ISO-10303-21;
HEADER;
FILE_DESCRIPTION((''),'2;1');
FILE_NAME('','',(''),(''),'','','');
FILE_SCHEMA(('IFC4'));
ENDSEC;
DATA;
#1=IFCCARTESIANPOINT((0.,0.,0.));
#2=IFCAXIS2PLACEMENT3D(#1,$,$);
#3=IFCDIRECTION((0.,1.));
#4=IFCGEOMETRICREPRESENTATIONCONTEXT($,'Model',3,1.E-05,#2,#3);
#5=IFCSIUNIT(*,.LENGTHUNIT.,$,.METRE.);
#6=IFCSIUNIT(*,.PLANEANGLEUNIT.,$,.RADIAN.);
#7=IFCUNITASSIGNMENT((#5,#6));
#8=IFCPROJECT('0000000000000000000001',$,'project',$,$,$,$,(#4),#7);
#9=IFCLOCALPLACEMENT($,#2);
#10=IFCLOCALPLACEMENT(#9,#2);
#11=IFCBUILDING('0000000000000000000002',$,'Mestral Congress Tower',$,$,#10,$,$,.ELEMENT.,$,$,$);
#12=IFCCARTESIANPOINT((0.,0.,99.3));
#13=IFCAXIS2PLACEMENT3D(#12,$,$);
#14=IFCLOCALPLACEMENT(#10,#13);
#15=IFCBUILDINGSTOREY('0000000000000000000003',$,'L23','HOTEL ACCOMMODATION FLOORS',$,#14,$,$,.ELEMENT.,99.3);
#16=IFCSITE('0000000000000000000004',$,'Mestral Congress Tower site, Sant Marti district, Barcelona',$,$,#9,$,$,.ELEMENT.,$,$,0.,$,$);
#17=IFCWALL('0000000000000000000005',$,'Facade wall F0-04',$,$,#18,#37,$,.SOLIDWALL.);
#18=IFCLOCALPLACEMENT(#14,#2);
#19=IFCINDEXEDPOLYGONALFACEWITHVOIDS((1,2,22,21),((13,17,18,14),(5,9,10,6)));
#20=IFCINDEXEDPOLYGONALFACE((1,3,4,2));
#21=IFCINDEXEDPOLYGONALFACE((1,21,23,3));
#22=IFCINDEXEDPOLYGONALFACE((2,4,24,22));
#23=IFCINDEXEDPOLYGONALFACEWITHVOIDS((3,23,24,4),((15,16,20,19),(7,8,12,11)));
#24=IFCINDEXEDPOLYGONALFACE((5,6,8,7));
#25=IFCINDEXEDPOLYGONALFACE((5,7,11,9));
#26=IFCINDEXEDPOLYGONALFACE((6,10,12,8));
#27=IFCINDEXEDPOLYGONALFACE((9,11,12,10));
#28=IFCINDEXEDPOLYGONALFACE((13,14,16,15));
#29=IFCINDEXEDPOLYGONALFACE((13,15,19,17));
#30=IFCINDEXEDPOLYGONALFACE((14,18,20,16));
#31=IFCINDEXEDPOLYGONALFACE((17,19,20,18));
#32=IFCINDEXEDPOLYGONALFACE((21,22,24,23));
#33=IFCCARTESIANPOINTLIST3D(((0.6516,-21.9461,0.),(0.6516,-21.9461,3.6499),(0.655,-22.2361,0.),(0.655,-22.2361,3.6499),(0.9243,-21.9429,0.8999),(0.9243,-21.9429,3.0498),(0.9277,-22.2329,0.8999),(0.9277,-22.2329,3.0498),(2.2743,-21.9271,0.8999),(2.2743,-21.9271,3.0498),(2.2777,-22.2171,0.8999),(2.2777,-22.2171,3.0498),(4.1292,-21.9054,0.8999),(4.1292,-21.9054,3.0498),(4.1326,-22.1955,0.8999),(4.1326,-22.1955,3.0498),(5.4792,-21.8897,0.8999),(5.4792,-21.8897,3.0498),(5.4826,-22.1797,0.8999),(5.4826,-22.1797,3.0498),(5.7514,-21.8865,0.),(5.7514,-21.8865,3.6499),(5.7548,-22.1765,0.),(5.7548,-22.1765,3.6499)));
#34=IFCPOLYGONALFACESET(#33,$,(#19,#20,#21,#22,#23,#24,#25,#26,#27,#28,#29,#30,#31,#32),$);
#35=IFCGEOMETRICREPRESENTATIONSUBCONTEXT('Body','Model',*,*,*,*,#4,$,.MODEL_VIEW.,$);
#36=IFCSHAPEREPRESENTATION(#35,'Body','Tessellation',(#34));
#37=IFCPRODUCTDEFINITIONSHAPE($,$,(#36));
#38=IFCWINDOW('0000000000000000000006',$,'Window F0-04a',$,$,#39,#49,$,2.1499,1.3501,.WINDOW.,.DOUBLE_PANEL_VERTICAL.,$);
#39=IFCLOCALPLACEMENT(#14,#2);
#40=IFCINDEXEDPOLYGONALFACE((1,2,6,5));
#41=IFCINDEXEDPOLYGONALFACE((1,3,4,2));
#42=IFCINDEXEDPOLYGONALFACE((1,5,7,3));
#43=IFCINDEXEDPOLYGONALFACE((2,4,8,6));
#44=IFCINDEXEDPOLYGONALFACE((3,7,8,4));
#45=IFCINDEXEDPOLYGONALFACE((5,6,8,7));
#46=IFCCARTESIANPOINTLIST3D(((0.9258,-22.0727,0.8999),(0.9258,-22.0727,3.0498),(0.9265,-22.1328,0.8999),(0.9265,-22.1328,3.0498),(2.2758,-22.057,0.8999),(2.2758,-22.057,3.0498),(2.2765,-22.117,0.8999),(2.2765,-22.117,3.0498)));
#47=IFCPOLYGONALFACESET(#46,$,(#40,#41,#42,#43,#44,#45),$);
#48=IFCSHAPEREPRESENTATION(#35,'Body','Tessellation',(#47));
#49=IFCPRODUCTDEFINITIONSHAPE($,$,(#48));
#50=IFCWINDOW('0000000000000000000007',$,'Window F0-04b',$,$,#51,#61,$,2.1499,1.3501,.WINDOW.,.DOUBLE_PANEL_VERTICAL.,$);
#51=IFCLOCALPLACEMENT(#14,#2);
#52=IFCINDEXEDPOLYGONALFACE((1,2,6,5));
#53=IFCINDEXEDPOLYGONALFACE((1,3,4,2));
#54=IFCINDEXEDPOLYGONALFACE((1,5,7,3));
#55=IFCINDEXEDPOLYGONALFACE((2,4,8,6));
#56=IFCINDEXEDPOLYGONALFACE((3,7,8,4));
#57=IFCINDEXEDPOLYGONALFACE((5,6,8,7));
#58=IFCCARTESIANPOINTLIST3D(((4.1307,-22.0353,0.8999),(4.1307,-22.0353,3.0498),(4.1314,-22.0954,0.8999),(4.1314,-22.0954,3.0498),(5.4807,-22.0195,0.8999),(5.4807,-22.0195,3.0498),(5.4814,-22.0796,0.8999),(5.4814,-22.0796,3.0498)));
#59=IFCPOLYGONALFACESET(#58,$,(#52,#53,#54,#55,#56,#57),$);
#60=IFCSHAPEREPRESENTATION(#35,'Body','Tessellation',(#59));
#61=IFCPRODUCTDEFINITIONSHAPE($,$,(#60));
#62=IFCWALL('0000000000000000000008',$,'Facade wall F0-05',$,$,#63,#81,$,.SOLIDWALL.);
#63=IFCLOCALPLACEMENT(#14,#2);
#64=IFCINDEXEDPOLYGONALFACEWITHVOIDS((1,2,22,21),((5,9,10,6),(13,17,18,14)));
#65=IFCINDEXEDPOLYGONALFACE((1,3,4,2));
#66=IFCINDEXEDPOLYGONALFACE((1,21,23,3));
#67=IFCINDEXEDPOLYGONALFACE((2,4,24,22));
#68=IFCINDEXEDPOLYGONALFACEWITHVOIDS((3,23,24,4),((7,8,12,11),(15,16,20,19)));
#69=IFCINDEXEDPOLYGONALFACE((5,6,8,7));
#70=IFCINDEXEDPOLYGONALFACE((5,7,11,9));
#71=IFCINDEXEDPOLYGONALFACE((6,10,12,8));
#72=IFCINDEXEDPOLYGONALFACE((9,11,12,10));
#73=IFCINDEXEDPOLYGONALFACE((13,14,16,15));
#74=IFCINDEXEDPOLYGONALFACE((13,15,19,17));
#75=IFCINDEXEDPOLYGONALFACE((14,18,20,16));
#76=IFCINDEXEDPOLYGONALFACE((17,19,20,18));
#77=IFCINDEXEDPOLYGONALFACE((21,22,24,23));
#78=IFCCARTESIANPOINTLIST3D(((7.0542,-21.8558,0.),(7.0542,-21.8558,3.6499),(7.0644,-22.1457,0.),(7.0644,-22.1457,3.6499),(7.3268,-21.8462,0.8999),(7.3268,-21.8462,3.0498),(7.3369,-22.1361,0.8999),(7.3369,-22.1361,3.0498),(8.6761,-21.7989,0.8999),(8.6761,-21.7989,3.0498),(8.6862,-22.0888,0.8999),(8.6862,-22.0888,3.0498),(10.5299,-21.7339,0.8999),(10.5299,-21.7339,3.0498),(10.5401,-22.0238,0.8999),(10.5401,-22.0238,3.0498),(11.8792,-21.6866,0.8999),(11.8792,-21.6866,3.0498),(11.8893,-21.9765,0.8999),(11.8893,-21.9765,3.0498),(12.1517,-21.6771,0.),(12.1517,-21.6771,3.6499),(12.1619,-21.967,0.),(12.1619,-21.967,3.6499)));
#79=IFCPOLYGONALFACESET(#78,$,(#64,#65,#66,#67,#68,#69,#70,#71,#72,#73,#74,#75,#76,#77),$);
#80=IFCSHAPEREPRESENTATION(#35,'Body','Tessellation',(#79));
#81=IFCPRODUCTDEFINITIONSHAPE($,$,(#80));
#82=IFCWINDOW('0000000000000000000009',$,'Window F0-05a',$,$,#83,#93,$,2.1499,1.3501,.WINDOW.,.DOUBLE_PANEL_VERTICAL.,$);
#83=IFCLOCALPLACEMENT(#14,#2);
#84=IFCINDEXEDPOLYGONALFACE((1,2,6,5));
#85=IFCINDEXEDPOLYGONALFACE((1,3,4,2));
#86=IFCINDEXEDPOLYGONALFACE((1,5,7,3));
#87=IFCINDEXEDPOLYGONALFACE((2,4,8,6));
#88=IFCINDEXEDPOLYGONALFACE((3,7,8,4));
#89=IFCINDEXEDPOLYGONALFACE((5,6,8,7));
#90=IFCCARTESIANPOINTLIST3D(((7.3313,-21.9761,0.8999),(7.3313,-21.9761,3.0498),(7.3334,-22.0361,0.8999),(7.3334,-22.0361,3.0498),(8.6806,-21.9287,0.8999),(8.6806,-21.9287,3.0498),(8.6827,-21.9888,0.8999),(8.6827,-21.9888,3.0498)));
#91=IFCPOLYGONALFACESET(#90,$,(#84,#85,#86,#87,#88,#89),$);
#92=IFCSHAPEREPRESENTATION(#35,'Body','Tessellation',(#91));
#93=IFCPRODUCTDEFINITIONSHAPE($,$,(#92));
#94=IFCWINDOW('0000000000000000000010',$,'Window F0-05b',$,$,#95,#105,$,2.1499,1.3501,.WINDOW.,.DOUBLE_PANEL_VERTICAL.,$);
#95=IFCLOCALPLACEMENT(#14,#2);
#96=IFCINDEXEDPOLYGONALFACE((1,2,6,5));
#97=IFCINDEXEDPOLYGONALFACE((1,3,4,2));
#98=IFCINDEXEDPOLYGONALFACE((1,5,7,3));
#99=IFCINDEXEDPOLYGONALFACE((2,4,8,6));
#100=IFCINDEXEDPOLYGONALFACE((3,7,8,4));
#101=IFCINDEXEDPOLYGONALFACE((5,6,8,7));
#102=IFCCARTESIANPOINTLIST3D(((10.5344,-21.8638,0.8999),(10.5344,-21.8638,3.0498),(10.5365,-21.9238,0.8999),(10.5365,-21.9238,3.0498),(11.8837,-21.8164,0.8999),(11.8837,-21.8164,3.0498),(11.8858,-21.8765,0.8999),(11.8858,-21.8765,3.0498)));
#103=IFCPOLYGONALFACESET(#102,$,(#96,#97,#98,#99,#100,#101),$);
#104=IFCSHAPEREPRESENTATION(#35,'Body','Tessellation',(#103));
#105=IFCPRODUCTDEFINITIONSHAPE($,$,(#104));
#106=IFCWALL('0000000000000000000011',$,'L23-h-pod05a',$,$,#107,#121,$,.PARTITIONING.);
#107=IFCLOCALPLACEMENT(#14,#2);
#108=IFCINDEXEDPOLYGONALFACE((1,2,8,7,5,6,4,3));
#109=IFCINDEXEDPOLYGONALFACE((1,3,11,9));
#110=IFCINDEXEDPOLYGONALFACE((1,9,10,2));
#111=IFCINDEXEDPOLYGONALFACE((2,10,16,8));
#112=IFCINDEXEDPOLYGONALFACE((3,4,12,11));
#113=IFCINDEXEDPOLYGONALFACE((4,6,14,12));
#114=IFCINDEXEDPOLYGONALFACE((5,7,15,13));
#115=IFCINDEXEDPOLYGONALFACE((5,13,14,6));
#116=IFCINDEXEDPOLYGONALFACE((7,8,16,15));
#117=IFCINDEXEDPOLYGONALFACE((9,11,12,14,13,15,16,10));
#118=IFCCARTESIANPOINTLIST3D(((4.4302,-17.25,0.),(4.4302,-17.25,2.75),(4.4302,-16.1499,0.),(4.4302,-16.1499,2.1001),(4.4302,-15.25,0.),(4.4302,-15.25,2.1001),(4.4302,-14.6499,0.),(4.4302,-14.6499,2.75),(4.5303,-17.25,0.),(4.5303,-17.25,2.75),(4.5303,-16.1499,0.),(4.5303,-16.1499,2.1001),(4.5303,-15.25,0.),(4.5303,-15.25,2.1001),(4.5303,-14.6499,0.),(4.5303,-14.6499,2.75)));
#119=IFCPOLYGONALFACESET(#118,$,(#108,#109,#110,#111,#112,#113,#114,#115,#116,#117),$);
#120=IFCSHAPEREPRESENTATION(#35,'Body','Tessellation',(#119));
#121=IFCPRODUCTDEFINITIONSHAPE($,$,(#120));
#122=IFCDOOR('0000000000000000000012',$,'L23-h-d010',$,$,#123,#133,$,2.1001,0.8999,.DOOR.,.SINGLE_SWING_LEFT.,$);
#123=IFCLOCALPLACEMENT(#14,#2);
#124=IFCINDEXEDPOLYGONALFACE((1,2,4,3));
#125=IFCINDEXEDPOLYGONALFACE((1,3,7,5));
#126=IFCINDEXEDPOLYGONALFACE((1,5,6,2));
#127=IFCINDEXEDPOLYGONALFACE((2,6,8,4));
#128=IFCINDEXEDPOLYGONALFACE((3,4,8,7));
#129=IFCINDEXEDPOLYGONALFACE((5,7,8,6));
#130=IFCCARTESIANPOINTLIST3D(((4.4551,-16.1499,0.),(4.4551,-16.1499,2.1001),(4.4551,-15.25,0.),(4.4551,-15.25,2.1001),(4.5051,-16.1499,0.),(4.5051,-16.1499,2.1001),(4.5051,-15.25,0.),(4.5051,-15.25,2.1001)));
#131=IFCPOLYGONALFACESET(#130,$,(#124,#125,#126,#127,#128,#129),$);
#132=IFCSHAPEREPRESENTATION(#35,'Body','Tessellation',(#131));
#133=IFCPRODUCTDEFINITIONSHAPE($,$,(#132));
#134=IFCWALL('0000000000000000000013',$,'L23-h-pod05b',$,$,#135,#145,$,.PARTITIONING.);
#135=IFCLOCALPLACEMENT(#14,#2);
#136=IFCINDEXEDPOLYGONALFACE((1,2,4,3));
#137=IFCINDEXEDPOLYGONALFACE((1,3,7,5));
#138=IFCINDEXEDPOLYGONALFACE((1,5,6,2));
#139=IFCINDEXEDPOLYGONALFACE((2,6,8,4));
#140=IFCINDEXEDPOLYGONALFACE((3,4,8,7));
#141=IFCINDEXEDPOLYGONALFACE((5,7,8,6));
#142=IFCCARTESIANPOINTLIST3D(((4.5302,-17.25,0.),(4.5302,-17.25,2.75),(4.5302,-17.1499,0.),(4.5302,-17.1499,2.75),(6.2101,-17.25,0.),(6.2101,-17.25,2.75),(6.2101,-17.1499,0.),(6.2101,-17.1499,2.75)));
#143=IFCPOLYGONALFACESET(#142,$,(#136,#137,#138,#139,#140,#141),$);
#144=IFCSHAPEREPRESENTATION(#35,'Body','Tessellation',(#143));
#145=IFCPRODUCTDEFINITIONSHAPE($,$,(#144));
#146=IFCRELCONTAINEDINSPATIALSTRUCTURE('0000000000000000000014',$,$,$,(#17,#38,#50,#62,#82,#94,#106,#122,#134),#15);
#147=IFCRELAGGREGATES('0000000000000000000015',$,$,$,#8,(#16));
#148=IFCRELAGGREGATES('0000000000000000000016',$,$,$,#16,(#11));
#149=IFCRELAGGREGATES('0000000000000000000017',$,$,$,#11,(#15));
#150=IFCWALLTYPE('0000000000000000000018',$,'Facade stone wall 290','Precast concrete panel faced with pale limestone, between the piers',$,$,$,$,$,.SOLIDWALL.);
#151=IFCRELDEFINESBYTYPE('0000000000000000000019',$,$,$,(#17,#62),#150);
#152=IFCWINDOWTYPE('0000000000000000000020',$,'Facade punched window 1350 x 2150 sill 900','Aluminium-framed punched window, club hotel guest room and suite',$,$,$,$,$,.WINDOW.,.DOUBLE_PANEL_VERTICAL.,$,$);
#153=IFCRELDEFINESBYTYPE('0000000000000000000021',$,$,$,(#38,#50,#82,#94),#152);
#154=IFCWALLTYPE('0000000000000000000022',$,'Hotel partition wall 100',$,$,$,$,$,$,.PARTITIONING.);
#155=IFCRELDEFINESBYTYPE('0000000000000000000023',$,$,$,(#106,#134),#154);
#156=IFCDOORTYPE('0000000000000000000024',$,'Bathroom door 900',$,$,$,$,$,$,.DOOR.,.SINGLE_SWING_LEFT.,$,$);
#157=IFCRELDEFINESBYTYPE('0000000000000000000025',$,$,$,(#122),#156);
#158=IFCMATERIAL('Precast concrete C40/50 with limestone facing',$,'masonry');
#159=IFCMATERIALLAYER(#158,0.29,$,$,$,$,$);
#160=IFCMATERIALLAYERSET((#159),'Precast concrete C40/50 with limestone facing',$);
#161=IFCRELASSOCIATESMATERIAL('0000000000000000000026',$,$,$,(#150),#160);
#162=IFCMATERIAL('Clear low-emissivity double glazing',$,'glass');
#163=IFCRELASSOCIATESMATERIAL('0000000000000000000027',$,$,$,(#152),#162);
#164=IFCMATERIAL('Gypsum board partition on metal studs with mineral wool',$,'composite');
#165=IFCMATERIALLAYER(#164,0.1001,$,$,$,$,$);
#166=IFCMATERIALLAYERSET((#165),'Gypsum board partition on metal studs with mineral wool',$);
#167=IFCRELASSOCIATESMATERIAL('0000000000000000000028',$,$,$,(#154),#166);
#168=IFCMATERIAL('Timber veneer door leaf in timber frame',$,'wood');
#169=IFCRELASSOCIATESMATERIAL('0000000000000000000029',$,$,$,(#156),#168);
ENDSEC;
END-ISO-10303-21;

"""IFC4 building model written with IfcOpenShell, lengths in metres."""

from ifc_helpers import new_model, si_unit, direction, frame, frame_2d, origin, place, context, subcontext, project, spatial, rectangle, extrude, material, layer, layer_set, type_object, element, fill, save


model = new_model("IFC4")

# Units and contexts
model_context = context("Model", 3, precision=1e-05, world=origin(), true_north=direction((0.0, 1.0)))
body_context = subcontext(model_context, "Body", "Model", "MODEL_VIEW")
ifc_project = project(units=[si_unit("LENGTHUNIT", "METRE"), si_unit("PLANEANGLEUNIT", "RADIAN")], contexts=[model_context])

# Site, building, storey
site_placement = place(None, origin())
site = spatial("IfcSite", under=ifc_project, at=site_placement, Name="Mestral Congress Tower site, Sant Marti district, Barcelona", CompositionType="ELEMENT", RefElevation=0.0)
building_placement = place(site_placement, origin())
building = spatial("IfcBuilding", under=site, at=building_placement, Name="Mestral Congress Tower", CompositionType="ELEMENT")
storey_placement = place(building_placement, frame((0.0, 0.0, 99.3)))
storey = spatial("IfcBuildingStorey", under=building, at=storey_placement, Name="L23", Description="HOTEL ACCOMMODATION FLOORS", CompositionType="ELEMENT", Elevation=99.3)

# Walls, openings, windows
ifc_material_1 = material(Name="Precast concrete C40/50 with limestone facing", Category="masonry")
ifc_layer_1 = layer(ifc_material_1, 0.29)
ifc_layer_set_1 = layer_set([ifc_layer_1], Name="Precast concrete C40/50 with limestone facing")
wall_type_1 = type_object("IfcWallType", Name="Facade stone wall 290", Description="Precast concrete panel faced with pale limestone, between the piers", PredefinedType="SOLIDWALL", material=ifc_layer_set_1)
wall_1_placement = place(storey_placement, frame((0.6533, -22.0911, 0.0), z_axis=(0.0, 0.0, 1.0), x_axis=(0.999932, 0.01168, 0.0)))
wall_1 = element("IfcWall", 1, at=wall_1_placement, inside=storey, type_object=wall_type_1, Name="Facade wall F0-04", PredefinedType="SOLIDWALL", context=body_context, shape_type="SweptSolid", body=[
    extrude(rectangle(XDim=5.1001, YDim=0.29, at=frame_2d((2.55, 0.0))), origin(), (0.0, 0.0, 1.0), 3.6499),
])
opening_1_placement = place(wall_1_placement, frame((0.2727, 0.0, 0.8999)))
opening_1 = element("IfcOpeningElement", 2, at=opening_1_placement, cuts=wall_1, PredefinedType="OPENING", context=body_context, shape_type="SweptSolid", body=[
    extrude(rectangle(XDim=1.3501, YDim=2.1499, at=frame_2d((0.675, 1.075))), frame((0.0, 0.155, 0.0), z_axis=(0.0, -1.0, 0.0), x_axis=(1.0, 0.0, 0.0)), (0.0, 0.0, 1.0), 0.3101),
])
opening_2_placement = place(wall_1_placement, frame((3.4778, 0.0, 0.8999)))
opening_2 = element("IfcOpeningElement", 3, at=opening_2_placement, cuts=wall_1, PredefinedType="OPENING", context=body_context, shape_type="SweptSolid", body=[
    extrude(rectangle(XDim=1.3501, YDim=2.1499, at=frame_2d((0.675, 1.075))), frame((0.0, 0.155, 0.0), z_axis=(0.0, -1.0, 0.0), x_axis=(1.0, 0.0, 0.0)), (0.0, 0.0, 1.0), 0.3101),
])
ifc_material_2 = material(Name="Clear low-emissivity double glazing", Category="glass")
window_type = type_object("IfcWindowType", Name="Facade punched window 1350 x 2150 sill 900", Description="Aluminium-framed punched window, club hotel guest room and suite", PartitioningType="DOUBLE_PANEL_VERTICAL", PredefinedType="WINDOW", material=ifc_material_2)
window_1_placement = place(opening_1_placement, origin())
window_1 = element("IfcWindow", 4, at=window_1_placement, inside=storey, type_object=window_type, Name="Window F0-04a", OverallHeight=2.1499, OverallWidth=1.3501, PartitioningType="DOUBLE_PANEL_VERTICAL", PredefinedType="WINDOW", context=body_context, shape_type="SweptSolid", body=[
    extrude(rectangle(XDim=1.3501, YDim=2.1499, at=frame_2d((0.675, 1.075))), frame((0.0, 0.0151, 0.0), z_axis=(0.0, -1.0, 0.0), x_axis=(1.0, 0.0, 0.0)), (0.0, 0.0, 1.0), 0.0601),
])
fill(opening_1, window_1)
window_2_placement = place(opening_2_placement, origin())
window_2 = element("IfcWindow", 5, at=window_2_placement, inside=storey, type_object=window_type, Name="Window F0-04b", OverallHeight=2.1499, OverallWidth=1.3501, PartitioningType="DOUBLE_PANEL_VERTICAL", PredefinedType="WINDOW", context=body_context, shape_type="SweptSolid", body=[
    extrude(rectangle(XDim=1.3501, YDim=2.1499, at=frame_2d((0.675, 1.075))), frame((0.0, 0.0151, 0.0), z_axis=(0.0, -1.0, 0.0), x_axis=(1.0, 0.0, 0.0)), (0.0, 0.0, 1.0), 0.0601),
])
fill(opening_2, window_2)
wall_2_placement = place(storey_placement, frame((7.0593, -22.0007, 0.0), z_axis=(0.0, 0.0, 1.0), x_axis=(0.999386, 0.035038, 0.0)))
wall_2 = element("IfcWall", 6, at=wall_2_placement, inside=storey, type_object=wall_type_1, Name="Facade wall F0-05", PredefinedType="SOLIDWALL", context=body_context, shape_type="SweptSolid", body=[
    extrude(rectangle(XDim=5.1006, YDim=0.29, at=frame_2d((2.5503, 0.0))), origin(), (0.0, 0.0, 1.0), 3.6499),
])
opening_3_placement = place(wall_2_placement, frame((0.2727, 0.0, 0.8999)))
opening_3 = element("IfcOpeningElement", 7, at=opening_3_placement, cuts=wall_2, PredefinedType="OPENING", context=body_context, shape_type="SweptSolid", body=[
    extrude(rectangle(XDim=1.3501, YDim=2.1499, at=frame_2d((0.675, 1.075))), frame((0.0, 0.155, 0.0), z_axis=(0.0, -1.0, 0.0), x_axis=(1.0, 0.0, 0.0)), (0.0, 0.0, 1.0), 0.3101),
])
opening_4_placement = place(wall_2_placement, frame((3.4778, 0.0, 0.8999)))
opening_4 = element("IfcOpeningElement", 8, at=opening_4_placement, cuts=wall_2, PredefinedType="OPENING", context=body_context, shape_type="SweptSolid", body=[
    extrude(rectangle(XDim=1.3501, YDim=2.1499, at=frame_2d((0.675, 1.075))), frame((0.0, 0.155, 0.0), z_axis=(0.0, -1.0, 0.0), x_axis=(1.0, 0.0, 0.0)), (0.0, 0.0, 1.0), 0.3101),
])
window_3_placement = place(opening_3_placement, origin())
window_3 = element("IfcWindow", 9, at=window_3_placement, inside=storey, type_object=window_type, Name="Window F0-05a", OverallHeight=2.1499, OverallWidth=1.3501, PartitioningType="DOUBLE_PANEL_VERTICAL", PredefinedType="WINDOW", context=body_context, shape_type="SweptSolid", body=[
    extrude(rectangle(XDim=1.3501, YDim=2.1499, at=frame_2d((0.675, 1.075))), frame((0.0, 0.0151, 0.0), z_axis=(0.0, -1.0, 0.0), x_axis=(1.0, 0.0, 0.0)), (0.0, 0.0, 1.0), 0.0601),
])
fill(opening_3, window_3)
window_4_placement = place(opening_4_placement, origin())
window_4 = element("IfcWindow", 10, at=window_4_placement, inside=storey, type_object=window_type, Name="Window F0-05b", OverallHeight=2.1499, OverallWidth=1.3501, PartitioningType="DOUBLE_PANEL_VERTICAL", PredefinedType="WINDOW", context=body_context, shape_type="SweptSolid", body=[
    extrude(rectangle(XDim=1.3501, YDim=2.1499, at=frame_2d((0.675, 1.075))), frame((0.0, 0.0151, 0.0), z_axis=(0.0, -1.0, 0.0), x_axis=(1.0, 0.0, 0.0)), (0.0, 0.0, 1.0), 0.0601),
])
fill(opening_4, window_4)

# Wall, opening, door
ifc_material_3 = material(Name="Gypsum board partition on metal studs with mineral wool", Category="composite")
ifc_layer_2 = layer(ifc_material_3, 0.1001)
ifc_layer_set_2 = layer_set([ifc_layer_2], Name="Gypsum board partition on metal studs with mineral wool")
wall_type_2 = type_object("IfcWallType", Name="Hotel partition wall 100", PredefinedType="PARTITIONING", material=ifc_layer_set_2)
wall_3_placement = place(storey_placement, frame((4.4802, -14.6499, 0.0), z_axis=(0.0, 0.0, 1.0), x_axis=(0.0, -1.0, 0.0)))
wall_3 = element("IfcWall", 11, at=wall_3_placement, inside=storey, type_object=wall_type_2, Name="L23-h-pod05a", PredefinedType="PARTITIONING", context=body_context, shape_type="SweptSolid", body=[
    extrude(rectangle(XDim=2.6001, YDim=0.1001, at=frame_2d((1.3, 0.0))), origin(), (0.0, 0.0, 1.0), 2.75),
])
opening_5_placement = place(wall_3_placement, frame((0.6001, 0.0, 0.0)))
opening_5 = element("IfcOpeningElement", 12, at=opening_5_placement, cuts=wall_3, PredefinedType="OPENING", context=body_context, shape_type="SweptSolid", body=[
    extrude(rectangle(XDim=0.8999, YDim=2.1001, at=frame_2d((0.45, 1.05))), frame((0.0, 0.0601, 0.0), z_axis=(0.0, -1.0, 0.0), x_axis=(1.0, 0.0, 0.0)), (0.0, 0.0, 1.0), 0.1201),
])
ifc_material_4 = material(Name="Timber veneer door leaf in timber frame", Category="wood")
door_type_1 = type_object("IfcDoorType", Name="Bathroom door 900", OperationType="SINGLE_SWING_LEFT", PredefinedType="DOOR", material=ifc_material_4)
door_1_placement = place(opening_5_placement, origin())
door_1 = element("IfcDoor", 13, at=door_1_placement, inside=storey, type_object=door_type_1, Name="L23-h-d010", OperationType="SINGLE_SWING_LEFT", OverallHeight=2.1001, OverallWidth=0.8999, PredefinedType="DOOR", context=body_context, shape_type="SweptSolid", body=[
    extrude(rectangle(XDim=0.8999, YDim=2.1001, at=frame_2d((0.45, 1.05))), frame((0.0, 0.0249, 0.0), z_axis=(0.0, -1.0, 0.0), x_axis=(1.0, 0.0, 0.0)), (0.0, 0.0, 1.0), 0.05),
])
fill(opening_5, door_1)

# Wall
wall_4_placement = place(storey_placement, frame((4.5303, -17.2, 0.0), z_axis=(0.0, 0.0, 1.0), x_axis=(1.0, 0.0, 0.0)))
element("IfcWall", 14, at=wall_4_placement, inside=storey, type_object=wall_type_2, Name="L23-h-pod05b", PredefinedType="PARTITIONING", context=body_context, shape_type="SweptSolid", body=[
    extrude(rectangle(XDim=1.6799, YDim=0.1001, at=frame_2d((0.8398, 0.0))), origin(), (0.0, 0.0, 1.0), 2.75),
])

save(model, "model.ifc")
